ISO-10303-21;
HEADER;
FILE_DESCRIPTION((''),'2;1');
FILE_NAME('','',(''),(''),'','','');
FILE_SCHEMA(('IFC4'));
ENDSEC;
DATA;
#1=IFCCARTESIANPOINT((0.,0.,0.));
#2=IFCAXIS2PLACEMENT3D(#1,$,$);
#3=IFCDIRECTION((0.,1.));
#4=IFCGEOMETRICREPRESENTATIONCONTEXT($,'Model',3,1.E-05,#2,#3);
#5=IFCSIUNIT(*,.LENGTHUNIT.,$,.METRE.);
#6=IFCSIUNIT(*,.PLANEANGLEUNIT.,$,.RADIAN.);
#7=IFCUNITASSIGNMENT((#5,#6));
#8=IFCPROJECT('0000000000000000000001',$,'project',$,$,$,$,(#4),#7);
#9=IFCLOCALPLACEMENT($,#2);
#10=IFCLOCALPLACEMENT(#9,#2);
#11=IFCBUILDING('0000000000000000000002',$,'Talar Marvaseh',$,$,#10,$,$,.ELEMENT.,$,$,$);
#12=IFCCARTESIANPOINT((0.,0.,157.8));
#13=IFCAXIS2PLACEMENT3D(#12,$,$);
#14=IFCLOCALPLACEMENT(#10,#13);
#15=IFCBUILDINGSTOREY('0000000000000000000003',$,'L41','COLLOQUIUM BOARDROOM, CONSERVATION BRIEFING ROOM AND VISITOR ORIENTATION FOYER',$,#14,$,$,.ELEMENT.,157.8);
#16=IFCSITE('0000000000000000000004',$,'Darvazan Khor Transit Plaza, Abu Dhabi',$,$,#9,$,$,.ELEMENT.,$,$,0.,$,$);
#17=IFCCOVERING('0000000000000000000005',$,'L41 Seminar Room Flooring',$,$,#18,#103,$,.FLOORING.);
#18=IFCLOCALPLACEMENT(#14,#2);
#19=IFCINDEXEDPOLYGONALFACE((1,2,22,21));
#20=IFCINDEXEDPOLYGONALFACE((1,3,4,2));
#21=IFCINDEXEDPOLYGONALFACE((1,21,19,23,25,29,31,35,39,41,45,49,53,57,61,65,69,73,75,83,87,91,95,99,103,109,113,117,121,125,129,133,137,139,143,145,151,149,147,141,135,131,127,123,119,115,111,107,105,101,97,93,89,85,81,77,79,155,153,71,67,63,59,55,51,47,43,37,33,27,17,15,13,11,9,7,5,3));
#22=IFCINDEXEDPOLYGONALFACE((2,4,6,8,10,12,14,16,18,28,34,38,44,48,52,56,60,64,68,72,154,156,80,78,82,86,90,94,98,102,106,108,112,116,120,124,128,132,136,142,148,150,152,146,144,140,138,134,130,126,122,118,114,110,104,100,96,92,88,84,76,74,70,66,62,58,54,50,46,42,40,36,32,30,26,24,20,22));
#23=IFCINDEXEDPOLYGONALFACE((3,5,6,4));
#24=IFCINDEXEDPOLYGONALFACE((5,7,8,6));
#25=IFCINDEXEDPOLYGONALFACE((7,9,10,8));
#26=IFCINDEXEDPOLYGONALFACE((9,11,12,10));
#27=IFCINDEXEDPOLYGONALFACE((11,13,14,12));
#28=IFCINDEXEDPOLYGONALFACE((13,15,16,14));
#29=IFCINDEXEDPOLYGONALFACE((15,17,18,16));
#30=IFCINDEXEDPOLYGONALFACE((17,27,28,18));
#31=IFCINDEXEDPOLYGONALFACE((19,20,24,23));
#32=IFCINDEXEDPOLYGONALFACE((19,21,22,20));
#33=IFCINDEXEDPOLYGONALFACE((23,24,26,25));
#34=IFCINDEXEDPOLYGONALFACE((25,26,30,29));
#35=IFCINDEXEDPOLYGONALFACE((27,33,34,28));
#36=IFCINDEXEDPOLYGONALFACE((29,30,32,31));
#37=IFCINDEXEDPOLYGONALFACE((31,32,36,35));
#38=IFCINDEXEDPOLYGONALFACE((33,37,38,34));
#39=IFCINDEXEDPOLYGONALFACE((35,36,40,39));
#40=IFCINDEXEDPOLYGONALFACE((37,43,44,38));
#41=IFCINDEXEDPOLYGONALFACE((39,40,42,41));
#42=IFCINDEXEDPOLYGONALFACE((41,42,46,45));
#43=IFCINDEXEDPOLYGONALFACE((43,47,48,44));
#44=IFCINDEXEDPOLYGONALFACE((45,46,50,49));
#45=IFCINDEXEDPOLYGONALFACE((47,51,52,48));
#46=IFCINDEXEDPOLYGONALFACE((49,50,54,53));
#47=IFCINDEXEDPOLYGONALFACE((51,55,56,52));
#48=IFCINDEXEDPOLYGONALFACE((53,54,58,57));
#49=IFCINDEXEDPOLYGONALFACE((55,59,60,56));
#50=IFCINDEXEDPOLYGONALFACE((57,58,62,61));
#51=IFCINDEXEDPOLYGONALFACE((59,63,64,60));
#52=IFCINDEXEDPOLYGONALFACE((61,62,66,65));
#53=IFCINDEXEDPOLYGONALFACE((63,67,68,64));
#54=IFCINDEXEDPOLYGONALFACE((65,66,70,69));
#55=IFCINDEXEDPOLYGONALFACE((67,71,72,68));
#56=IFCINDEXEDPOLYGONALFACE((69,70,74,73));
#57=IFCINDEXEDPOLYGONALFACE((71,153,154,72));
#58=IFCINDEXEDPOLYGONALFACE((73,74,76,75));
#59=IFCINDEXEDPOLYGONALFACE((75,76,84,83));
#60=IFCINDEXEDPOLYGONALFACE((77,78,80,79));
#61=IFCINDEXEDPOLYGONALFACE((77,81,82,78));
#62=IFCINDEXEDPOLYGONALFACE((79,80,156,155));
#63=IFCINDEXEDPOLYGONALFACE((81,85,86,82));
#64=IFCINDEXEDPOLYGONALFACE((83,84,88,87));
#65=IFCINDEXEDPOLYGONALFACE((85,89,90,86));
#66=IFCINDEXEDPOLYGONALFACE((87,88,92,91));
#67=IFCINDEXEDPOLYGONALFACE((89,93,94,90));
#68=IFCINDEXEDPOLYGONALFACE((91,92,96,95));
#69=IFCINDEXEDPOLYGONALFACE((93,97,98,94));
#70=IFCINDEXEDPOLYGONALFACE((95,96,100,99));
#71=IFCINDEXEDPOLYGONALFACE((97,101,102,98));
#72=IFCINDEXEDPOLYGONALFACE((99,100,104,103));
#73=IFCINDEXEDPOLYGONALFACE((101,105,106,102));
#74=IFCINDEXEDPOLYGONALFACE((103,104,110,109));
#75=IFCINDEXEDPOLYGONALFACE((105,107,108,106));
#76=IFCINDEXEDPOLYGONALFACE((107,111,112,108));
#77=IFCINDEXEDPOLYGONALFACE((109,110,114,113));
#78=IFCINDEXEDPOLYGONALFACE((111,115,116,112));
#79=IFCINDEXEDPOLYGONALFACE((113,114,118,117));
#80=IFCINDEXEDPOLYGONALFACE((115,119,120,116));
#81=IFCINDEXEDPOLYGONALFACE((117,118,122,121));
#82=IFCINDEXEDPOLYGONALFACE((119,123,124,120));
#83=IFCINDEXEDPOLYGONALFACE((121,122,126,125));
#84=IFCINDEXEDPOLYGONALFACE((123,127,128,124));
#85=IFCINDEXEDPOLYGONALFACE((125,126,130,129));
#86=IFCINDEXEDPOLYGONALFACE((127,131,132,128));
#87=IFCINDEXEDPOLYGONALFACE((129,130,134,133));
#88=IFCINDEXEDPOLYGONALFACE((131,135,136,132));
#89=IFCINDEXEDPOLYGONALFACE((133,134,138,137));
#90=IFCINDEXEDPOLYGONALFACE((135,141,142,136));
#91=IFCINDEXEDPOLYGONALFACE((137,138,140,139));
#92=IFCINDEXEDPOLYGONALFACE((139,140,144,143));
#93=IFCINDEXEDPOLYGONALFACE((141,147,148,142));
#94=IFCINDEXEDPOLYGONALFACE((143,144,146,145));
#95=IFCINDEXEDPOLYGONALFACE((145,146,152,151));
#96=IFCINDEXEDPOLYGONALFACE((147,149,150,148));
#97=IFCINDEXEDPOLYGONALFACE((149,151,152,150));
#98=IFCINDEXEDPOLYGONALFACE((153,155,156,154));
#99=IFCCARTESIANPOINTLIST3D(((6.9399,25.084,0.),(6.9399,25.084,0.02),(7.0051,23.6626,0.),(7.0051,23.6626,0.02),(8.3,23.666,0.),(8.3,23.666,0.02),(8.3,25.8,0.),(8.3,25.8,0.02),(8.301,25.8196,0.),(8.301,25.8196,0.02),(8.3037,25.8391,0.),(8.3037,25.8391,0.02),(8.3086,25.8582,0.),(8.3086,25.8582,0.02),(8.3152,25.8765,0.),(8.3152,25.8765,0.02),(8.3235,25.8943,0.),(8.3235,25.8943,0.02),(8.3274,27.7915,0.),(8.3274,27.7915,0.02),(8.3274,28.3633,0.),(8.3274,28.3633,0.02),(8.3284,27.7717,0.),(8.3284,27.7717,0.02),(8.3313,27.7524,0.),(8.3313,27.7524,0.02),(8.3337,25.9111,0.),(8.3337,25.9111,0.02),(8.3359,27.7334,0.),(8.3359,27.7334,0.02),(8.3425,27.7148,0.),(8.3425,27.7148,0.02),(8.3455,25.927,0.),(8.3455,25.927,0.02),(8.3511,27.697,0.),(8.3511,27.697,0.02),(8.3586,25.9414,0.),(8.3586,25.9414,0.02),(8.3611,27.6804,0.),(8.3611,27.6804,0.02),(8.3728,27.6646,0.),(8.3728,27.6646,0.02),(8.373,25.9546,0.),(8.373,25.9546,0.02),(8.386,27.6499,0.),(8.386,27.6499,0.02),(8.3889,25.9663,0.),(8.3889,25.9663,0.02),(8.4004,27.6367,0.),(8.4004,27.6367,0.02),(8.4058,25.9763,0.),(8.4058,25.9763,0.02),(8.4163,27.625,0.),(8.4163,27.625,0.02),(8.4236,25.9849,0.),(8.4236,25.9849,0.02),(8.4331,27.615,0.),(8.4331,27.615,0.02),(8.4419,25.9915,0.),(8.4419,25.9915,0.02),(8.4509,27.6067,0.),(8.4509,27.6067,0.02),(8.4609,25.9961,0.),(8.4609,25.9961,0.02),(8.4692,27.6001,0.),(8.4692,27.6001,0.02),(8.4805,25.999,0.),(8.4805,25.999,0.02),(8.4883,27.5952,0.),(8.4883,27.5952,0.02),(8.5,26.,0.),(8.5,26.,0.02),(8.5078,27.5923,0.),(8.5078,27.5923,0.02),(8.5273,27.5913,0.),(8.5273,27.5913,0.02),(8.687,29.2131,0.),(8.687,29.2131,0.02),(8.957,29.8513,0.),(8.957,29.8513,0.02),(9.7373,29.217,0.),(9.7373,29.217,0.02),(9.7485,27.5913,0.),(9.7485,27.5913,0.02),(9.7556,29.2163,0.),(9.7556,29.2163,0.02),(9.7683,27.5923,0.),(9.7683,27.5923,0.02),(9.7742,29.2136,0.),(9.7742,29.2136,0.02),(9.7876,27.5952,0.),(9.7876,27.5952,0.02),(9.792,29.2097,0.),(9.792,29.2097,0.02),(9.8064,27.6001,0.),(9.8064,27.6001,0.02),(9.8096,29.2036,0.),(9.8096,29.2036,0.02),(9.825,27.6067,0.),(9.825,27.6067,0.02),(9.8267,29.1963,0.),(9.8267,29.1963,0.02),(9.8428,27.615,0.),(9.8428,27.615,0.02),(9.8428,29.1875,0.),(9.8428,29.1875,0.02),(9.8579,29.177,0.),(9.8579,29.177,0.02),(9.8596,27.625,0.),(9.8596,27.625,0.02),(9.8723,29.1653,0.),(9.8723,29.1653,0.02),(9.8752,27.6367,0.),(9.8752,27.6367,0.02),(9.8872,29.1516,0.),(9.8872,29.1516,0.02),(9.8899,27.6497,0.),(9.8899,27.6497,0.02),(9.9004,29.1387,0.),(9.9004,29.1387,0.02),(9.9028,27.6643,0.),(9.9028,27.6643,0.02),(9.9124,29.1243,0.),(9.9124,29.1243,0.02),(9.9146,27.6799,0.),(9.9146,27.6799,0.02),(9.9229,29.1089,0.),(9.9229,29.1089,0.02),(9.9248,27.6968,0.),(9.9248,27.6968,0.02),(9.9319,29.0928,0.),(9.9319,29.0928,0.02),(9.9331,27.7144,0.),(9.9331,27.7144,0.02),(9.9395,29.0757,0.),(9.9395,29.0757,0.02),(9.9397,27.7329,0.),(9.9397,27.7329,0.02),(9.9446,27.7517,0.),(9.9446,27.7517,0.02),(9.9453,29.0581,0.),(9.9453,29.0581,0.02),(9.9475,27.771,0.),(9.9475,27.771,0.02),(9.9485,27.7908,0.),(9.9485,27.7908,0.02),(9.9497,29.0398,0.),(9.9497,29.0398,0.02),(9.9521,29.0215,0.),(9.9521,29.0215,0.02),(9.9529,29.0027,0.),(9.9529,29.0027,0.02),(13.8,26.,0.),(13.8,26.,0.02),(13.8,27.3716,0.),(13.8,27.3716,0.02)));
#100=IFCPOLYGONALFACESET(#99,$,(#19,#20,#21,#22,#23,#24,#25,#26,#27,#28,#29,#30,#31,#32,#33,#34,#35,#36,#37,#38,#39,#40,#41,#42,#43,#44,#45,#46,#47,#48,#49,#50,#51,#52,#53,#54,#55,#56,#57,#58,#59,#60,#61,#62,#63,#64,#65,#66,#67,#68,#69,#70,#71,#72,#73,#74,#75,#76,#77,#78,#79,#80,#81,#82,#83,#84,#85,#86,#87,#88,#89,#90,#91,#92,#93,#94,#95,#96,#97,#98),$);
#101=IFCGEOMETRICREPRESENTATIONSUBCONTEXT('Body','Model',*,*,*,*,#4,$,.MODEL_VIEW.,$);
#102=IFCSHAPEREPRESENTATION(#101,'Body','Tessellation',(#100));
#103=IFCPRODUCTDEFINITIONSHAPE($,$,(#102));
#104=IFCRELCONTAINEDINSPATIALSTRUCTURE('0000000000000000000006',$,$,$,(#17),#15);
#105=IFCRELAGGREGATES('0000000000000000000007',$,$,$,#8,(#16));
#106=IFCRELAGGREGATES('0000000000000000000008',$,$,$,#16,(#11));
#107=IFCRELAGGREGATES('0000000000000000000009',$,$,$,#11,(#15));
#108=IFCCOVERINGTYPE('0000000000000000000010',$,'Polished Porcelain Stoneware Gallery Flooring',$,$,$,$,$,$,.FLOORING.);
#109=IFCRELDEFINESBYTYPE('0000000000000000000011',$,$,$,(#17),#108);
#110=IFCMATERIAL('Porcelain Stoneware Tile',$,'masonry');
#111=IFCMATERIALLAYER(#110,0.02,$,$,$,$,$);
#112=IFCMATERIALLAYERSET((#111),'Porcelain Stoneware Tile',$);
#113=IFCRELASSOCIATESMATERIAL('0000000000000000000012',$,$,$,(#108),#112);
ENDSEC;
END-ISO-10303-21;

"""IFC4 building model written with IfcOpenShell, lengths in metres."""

from ifc_helpers import new_model, si_unit, direction, frame, origin, place, context, subcontext, project, spatial, polyline, outline, extrude, material, layer, layer_set, type_object, element, save


model = new_model("IFC4")

# Units and contexts
model_context = context("Model", 3, precision=1e-05, world=origin(), true_north=direction((0.0, 1.0)))
body_context = subcontext(model_context, "Body", "Model", "MODEL_VIEW")
ifc_project = project(units=[si_unit("LENGTHUNIT", "METRE"), si_unit("PLANEANGLEUNIT", "RADIAN")], contexts=[model_context])

# Site, building, storey
site_placement = place(None, origin())
site = spatial("IfcSite", under=ifc_project, at=site_placement, Name="Darvazan Khor Transit Plaza, Abu Dhabi", CompositionType="ELEMENT", RefElevation=0.0)
building_placement = place(site_placement, origin())
building = spatial("IfcBuilding", under=site, at=building_placement, Name="Talar Marvaseh", CompositionType="ELEMENT")
storey_placement = place(building_placement, frame((0.0, 0.0, 157.8)))
storey = spatial("IfcBuildingStorey", under=building, at=storey_placement, Name="L41", Description="COLLOQUIUM BOARDROOM, CONSERVATION BRIEFING ROOM AND VISITOR ORIENTATION FOYER", CompositionType="ELEMENT", Elevation=157.8)

# Covering
ifc_material_1 = material(Name="Porcelain Stoneware Tile", Category="masonry")
ifc_layer_1 = layer(ifc_material_1, 0.02)
ifc_layer_set_1 = layer_set([ifc_layer_1], Name="Porcelain Stoneware Tile")
covering_type_1 = type_object("IfcCoveringType", Name="Polished Porcelain Stoneware Gallery Flooring", PredefinedType="FLOORING", material=ifc_layer_set_1)
covering_1_placement = place(storey_placement, origin())
element("IfcCovering", 1, at=covering_1_placement, inside=storey, type_object=covering_type_1, Name="L41 Seminar Room Flooring", PredefinedType="FLOORING", context=body_context, shape_type="SweptSolid", body=[
    extrude(outline(polyline([(8.3284, 27.7717), (8.3313, 27.7524), (8.3359, 27.7334), (8.3425, 27.7148), (8.3511, 27.697), (8.3611, 27.6804), (8.3728, 27.6646), (8.386, 27.6499), (8.4004, 27.6367), (8.4163, 27.625), (8.4331, 27.615), (8.4509, 27.6067), (8.4692, 27.6001), (8.4883, 27.5952), (8.5078, 27.5923), (8.5273, 27.5913), (9.7485, 27.5913), (9.7683, 27.5923), (9.7876, 27.5952), (9.8064, 27.6001), (9.825, 27.6067), (9.8428, 27.615), (9.8596, 27.625), (9.8752, 27.6367), (9.8899, 27.6497), (9.9028, 27.6643), (9.9146, 27.6799), (9.9248, 27.6968), (9.9331, 27.7144), (9.9397, 27.7329), (9.9446, 27.7517), (9.9475, 27.771), (9.9485, 27.7908), (9.9529, 29.0027), (9.9521, 29.0215), (9.9497, 29.0398), (9.9453, 29.0581), (9.9395, 29.0757), (9.9319, 29.0928), (9.9229, 29.1089), (9.9124, 29.1243), (9.9004, 29.1387), (9.8872, 29.1516), (9.8723, 29.1653), (9.8579, 29.177), (9.8428, 29.1875), (9.8267, 29.1963), (9.8096, 29.2036), (9.792, 29.2097), (9.7742, 29.2136), (9.7556, 29.2163), (9.7373, 29.217), (8.687, 29.2131), (8.957, 29.8513), (13.8, 27.3716), (13.8, 26.0), (8.5, 26.0), (8.4805, 25.999), (8.4609, 25.9961), (8.4419, 25.9915), (8.4236, 25.9849), (8.4058, 25.9763), (8.3889, 25.9663), (8.373, 25.9546), (8.3586, 25.9414), (8.3455, 25.927), (8.3337, 25.9111), (8.3235, 25.8943), (8.3152, 25.8765), (8.3086, 25.8582), (8.3037, 25.8391), (8.301, 25.8196), (8.3, 25.8), (8.3, 23.666), (7.0051, 23.6626), (6.9399, 25.084), (8.3274, 28.3633), (8.3274, 27.7915), (8.3284, 27.7717)])), origin(), (0.0, 0.0, 1.0), 0.02),
])

save(model, "model.ifc")
